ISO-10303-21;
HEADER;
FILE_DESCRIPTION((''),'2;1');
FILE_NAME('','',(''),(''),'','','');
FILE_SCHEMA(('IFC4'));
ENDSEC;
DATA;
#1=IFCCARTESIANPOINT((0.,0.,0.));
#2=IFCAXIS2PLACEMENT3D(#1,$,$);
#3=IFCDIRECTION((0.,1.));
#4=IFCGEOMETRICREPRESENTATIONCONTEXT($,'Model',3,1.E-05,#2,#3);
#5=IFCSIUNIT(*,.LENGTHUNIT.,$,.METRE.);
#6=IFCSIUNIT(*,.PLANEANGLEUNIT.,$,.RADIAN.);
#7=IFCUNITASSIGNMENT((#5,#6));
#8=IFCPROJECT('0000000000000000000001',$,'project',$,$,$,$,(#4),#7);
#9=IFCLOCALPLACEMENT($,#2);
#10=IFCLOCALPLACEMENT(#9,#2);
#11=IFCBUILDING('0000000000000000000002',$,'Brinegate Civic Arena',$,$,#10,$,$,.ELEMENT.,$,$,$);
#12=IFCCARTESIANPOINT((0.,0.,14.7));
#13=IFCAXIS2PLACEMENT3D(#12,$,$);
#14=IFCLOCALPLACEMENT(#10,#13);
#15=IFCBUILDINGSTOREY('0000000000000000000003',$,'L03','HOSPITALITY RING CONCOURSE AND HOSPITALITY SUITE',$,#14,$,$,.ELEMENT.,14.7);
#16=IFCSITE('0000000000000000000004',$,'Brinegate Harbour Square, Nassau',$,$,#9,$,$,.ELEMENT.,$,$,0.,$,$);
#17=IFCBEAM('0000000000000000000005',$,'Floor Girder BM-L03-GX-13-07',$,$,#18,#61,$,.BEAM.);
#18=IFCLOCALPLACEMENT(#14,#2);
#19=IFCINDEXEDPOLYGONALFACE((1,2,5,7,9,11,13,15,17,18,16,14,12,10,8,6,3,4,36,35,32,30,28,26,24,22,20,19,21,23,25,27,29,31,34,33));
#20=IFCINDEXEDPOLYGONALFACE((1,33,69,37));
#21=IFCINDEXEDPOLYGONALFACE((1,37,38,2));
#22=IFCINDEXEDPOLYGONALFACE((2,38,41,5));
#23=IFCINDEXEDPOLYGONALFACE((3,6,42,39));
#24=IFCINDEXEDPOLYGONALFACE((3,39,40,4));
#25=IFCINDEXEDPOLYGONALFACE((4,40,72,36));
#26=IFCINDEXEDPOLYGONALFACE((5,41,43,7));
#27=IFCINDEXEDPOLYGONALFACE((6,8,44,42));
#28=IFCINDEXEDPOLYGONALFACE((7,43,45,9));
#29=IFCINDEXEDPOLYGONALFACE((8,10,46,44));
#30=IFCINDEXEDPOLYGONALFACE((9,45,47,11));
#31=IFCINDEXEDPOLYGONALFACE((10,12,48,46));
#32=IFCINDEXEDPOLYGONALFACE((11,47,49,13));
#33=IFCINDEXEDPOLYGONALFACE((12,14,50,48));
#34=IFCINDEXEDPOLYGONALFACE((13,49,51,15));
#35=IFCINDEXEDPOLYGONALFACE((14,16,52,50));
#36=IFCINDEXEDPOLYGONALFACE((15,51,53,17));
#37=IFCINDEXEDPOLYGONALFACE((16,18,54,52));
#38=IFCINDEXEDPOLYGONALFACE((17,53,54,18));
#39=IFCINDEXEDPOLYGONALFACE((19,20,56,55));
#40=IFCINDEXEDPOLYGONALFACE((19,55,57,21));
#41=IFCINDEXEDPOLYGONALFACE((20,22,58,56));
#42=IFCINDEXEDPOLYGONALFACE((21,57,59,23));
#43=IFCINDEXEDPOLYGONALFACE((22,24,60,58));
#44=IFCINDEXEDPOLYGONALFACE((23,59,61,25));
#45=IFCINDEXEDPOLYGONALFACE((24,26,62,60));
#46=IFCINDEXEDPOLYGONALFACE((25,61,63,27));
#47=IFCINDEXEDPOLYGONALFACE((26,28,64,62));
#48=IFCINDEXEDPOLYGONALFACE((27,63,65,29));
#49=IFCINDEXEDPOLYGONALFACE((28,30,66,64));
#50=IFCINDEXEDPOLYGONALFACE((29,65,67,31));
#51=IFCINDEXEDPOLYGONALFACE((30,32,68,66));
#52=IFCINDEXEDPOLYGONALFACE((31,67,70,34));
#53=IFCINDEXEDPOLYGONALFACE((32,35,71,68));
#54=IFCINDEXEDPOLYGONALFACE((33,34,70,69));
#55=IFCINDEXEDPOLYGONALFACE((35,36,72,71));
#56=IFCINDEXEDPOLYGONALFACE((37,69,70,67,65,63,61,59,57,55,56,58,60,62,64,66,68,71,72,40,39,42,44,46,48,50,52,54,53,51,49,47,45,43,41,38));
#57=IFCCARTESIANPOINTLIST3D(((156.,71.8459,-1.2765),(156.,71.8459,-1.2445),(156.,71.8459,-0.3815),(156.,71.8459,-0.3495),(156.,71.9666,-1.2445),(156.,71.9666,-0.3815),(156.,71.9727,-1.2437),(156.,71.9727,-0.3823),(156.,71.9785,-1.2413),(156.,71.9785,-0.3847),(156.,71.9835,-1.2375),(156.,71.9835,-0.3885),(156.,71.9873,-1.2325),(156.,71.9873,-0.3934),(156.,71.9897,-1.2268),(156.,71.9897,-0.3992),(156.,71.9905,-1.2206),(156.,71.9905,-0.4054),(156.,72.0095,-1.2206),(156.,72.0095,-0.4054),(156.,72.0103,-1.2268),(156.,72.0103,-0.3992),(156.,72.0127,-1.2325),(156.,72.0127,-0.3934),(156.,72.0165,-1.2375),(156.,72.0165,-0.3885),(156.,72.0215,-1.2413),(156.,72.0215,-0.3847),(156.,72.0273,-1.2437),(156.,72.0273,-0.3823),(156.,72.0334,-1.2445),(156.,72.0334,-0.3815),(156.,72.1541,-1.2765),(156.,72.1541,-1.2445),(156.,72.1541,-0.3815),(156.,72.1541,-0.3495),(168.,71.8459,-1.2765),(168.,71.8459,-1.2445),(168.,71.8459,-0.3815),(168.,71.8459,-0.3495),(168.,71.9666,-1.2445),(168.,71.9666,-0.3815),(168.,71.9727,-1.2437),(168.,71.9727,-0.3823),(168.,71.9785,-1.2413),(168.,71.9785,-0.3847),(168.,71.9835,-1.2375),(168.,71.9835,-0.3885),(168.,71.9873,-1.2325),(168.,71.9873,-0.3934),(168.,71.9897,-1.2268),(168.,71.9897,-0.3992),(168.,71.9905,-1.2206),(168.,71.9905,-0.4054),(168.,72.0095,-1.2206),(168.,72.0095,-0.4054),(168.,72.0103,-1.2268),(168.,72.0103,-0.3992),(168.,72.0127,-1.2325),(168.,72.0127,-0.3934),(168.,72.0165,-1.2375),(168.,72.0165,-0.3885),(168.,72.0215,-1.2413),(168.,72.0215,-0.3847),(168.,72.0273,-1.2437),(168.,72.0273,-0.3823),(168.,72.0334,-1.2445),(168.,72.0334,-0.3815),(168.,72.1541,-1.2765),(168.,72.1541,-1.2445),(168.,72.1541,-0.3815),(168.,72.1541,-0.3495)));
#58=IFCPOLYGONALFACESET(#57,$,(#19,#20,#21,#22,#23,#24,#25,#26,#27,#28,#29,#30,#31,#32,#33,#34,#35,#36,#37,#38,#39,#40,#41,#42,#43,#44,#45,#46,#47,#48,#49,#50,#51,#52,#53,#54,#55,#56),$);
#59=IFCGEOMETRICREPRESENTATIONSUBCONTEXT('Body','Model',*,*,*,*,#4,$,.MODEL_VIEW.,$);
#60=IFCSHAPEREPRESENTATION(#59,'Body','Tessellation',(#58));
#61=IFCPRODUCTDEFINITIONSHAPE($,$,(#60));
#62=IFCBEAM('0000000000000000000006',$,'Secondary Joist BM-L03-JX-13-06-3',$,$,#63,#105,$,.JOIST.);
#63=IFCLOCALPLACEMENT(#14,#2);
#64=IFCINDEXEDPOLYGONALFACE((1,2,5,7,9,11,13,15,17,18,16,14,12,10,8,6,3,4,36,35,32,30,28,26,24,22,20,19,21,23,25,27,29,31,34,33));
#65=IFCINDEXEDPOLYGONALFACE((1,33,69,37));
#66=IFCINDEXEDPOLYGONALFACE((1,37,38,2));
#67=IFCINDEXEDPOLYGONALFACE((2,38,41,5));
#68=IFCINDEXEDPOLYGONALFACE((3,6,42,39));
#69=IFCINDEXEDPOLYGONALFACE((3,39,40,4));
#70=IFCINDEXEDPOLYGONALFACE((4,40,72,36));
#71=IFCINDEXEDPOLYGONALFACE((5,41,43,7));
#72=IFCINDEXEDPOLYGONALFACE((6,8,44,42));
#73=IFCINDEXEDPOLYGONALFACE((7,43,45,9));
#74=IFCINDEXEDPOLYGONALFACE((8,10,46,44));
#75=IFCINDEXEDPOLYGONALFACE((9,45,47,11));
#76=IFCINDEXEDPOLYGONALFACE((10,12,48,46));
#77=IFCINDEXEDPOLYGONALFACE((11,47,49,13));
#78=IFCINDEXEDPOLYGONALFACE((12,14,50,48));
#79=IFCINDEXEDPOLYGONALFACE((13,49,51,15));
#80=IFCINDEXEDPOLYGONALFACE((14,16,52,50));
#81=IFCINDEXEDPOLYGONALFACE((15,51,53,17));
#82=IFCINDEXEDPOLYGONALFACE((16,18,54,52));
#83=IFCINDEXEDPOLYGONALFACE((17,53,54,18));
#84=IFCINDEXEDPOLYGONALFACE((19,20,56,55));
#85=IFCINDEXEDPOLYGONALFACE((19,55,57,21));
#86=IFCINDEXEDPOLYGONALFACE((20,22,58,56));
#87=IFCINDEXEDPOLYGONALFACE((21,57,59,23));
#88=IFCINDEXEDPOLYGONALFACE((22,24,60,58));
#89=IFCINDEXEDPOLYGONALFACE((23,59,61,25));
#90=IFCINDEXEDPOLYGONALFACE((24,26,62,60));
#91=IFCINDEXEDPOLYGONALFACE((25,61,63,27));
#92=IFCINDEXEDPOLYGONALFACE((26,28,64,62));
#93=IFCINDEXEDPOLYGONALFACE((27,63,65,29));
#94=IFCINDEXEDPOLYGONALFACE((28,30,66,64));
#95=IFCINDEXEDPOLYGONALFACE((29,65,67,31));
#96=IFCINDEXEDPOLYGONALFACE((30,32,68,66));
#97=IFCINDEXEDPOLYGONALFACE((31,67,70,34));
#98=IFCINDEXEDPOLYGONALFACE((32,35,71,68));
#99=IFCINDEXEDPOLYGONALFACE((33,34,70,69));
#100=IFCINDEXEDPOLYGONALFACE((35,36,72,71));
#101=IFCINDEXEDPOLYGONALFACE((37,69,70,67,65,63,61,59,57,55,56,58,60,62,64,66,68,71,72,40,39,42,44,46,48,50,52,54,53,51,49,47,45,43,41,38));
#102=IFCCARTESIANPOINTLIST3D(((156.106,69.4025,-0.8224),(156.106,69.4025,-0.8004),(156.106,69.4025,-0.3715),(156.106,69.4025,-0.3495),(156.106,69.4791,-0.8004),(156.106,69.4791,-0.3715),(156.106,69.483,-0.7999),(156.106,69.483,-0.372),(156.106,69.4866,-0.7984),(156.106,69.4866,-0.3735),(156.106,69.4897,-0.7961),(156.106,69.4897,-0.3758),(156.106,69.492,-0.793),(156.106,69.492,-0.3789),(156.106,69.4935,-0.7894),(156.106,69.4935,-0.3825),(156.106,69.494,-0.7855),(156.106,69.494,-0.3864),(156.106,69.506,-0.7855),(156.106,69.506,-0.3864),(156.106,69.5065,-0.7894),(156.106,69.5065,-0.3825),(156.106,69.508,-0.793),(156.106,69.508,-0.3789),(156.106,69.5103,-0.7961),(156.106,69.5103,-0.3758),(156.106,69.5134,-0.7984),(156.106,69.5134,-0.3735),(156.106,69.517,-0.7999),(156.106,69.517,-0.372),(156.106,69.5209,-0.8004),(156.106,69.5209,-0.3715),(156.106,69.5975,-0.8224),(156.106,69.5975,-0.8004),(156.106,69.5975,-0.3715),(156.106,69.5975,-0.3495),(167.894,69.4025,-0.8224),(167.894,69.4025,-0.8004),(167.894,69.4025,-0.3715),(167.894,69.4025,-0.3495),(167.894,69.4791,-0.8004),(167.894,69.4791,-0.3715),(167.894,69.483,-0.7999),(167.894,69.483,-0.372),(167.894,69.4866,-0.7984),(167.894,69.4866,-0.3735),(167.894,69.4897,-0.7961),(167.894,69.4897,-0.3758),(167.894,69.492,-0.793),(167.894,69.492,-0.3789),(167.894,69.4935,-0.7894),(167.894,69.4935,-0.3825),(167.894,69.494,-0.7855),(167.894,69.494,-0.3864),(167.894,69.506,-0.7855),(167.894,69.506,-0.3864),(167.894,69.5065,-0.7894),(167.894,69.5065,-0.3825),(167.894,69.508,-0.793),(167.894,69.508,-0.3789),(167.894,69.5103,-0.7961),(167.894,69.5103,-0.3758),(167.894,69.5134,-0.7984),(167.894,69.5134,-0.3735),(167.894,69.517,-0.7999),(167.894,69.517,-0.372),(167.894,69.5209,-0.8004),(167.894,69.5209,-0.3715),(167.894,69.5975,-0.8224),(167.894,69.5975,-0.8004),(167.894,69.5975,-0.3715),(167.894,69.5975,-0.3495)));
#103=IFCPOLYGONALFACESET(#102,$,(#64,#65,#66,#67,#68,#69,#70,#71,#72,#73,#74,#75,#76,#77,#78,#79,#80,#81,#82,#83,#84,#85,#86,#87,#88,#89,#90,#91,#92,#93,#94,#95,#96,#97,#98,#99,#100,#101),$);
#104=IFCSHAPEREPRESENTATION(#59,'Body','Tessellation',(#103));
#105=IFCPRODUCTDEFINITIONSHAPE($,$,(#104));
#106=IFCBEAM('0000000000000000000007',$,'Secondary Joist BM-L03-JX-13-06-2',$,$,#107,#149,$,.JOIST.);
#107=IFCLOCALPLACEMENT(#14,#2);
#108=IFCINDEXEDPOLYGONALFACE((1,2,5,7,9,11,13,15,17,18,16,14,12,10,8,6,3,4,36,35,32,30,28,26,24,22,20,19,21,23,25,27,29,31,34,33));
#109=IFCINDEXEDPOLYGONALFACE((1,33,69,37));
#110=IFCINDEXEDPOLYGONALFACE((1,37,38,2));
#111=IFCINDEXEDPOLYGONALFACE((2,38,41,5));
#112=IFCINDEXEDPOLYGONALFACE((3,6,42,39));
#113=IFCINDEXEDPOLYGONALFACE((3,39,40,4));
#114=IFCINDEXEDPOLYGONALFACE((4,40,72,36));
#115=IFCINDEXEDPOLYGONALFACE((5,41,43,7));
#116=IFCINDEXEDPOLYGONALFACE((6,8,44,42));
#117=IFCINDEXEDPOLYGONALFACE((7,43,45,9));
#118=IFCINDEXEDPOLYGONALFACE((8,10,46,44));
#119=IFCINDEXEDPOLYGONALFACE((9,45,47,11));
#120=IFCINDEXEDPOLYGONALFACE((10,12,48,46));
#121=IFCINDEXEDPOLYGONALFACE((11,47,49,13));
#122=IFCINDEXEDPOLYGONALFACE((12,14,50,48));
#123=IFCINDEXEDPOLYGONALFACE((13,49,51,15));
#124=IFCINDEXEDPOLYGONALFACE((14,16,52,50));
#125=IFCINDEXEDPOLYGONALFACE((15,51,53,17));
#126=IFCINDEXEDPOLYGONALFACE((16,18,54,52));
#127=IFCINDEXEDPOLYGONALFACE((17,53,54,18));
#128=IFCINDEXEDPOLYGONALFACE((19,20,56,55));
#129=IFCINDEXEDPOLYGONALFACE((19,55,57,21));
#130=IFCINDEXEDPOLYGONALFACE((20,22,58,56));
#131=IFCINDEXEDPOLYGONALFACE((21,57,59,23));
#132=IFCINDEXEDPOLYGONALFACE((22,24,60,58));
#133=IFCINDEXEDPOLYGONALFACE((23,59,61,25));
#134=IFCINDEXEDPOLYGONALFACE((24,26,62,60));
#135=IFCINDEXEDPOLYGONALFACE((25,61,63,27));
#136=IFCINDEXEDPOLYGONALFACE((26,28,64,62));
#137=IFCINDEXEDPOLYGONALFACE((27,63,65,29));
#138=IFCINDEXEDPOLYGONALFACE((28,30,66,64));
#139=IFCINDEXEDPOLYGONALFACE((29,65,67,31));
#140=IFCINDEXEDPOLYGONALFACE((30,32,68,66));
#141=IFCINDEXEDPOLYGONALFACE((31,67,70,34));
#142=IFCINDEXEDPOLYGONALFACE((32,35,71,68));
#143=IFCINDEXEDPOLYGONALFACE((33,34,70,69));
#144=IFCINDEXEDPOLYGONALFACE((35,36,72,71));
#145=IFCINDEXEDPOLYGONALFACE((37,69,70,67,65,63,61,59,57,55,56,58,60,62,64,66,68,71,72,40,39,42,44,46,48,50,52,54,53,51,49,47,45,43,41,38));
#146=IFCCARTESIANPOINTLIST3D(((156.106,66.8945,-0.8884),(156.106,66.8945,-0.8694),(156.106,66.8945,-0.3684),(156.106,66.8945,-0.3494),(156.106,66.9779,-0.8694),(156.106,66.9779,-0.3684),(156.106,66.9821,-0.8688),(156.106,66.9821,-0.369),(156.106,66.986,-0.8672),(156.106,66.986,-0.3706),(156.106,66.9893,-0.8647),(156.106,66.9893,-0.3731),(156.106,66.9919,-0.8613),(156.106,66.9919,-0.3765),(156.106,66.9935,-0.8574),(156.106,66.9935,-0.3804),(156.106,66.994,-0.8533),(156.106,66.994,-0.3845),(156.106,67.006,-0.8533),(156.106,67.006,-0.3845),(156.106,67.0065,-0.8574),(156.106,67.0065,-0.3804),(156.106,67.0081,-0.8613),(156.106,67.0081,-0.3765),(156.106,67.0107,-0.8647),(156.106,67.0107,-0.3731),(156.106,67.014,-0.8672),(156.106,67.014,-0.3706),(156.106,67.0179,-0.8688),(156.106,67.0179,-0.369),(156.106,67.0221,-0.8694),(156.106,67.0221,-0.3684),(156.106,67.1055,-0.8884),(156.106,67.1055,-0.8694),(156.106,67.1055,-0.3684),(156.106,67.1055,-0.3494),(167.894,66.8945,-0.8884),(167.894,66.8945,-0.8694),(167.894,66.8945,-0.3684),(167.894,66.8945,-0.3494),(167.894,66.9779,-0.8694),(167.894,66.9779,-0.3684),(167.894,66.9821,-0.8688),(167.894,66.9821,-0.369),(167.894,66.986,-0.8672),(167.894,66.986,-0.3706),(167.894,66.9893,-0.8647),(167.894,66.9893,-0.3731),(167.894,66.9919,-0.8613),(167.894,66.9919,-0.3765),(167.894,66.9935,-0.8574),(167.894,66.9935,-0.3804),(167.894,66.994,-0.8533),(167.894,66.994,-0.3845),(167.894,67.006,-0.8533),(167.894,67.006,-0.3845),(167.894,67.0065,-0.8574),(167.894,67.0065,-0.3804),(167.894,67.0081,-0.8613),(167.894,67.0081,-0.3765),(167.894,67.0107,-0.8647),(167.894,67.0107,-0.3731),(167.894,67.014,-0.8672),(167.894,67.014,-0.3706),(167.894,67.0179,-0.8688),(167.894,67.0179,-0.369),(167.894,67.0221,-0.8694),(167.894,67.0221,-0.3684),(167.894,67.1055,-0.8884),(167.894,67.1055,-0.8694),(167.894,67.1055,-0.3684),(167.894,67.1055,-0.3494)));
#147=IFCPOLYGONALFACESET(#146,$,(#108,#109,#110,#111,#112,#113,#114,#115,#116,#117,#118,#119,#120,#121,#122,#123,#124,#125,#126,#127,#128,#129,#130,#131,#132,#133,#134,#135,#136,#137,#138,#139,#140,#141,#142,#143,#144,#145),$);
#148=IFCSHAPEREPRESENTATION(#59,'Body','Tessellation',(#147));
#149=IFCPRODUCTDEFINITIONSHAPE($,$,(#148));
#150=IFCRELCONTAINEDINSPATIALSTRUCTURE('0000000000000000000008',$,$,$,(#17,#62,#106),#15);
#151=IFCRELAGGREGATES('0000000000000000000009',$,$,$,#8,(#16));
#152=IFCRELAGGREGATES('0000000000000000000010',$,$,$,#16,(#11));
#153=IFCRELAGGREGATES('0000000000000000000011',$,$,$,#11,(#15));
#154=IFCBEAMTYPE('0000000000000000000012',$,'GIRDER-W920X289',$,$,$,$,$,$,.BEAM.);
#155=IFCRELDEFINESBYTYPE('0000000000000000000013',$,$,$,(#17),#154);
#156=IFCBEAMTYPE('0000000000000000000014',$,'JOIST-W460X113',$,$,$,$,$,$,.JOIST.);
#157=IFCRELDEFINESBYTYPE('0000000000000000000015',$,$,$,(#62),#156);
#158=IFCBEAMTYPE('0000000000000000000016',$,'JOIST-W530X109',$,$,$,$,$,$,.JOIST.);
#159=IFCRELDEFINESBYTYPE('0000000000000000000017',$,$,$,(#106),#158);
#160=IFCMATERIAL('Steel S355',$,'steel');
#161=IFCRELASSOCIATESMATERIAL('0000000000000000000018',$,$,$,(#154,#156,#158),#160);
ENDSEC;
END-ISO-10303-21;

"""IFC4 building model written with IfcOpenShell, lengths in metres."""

from ifc_helpers import new_model, si_unit, direction, frame, origin, origin_2d, place, context, subcontext, project, spatial, i_section, extrude, material, material_profile, profile_set, type_object, element, save


model = new_model("IFC4")

# Units and contexts
model_context = context("Model", 3, precision=1e-05, world=origin(), true_north=direction((0.0, 1.0)))
body_context = subcontext(model_context, "Body", "Model", "MODEL_VIEW")
ifc_project = project(units=[si_unit("LENGTHUNIT", "METRE"), si_unit("PLANEANGLEUNIT", "RADIAN")], contexts=[model_context])

# Site, building, storey
site_placement = place(None, origin())
site = spatial("IfcSite", under=ifc_project, at=site_placement, Name="Brinegate Harbour Square, Nassau", CompositionType="ELEMENT", RefElevation=0.0)
building_placement = place(site_placement, origin())
building = spatial("IfcBuilding", under=site, at=building_placement, Name="Brinegate Civic Arena", CompositionType="ELEMENT")
storey_placement = place(building_placement, frame((0.0, 0.0, 14.7)))
storey = spatial("IfcBuildingStorey", under=building, at=storey_placement, Name="L03", Description="HOSPITALITY RING CONCOURSE AND HOSPITALITY SUITE", CompositionType="ELEMENT", Elevation=14.7)

# Beams
ifc_material_1 = material(Name="Steel S355", Category="steel")
ifc_material_profile_1 = material_profile(ifc_material_1, i_section(OverallWidth=0.3081, OverallDepth=0.927, WebThickness=0.019, FlangeThickness=0.032, FilletRadius=0.0239, at=origin_2d()), Name="W920X289")
ifc_profile_set_1 = profile_set([ifc_material_profile_1], Name="Steel S355")
beam_type_1 = type_object("IfcBeamType", Name="GIRDER-W920X289", PredefinedType="BEAM", material=ifc_profile_set_1)
beam_1_placement = place(storey_placement, frame((156.0, 72.0, -0.813), z_axis=(1.0, 0.0, 0.0), x_axis=(0.0, 1.0, 0.0)))
element("IfcBeam", 1, at=beam_1_placement, inside=storey, type_object=beam_type_1, Name="Floor Girder BM-L03-GX-13-07", PredefinedType="BEAM", context=body_context, shape_type="SweptSolid", body=[
    extrude(i_section(OverallWidth=0.3081, OverallDepth=0.927, WebThickness=0.019, FlangeThickness=0.032, FilletRadius=0.0239, at=origin_2d()), origin(), (0.0, 0.0, 1.0), 12.0),
])
ifc_material_profile_2 = material_profile(ifc_material_1, i_section(OverallWidth=0.1951, OverallDepth=0.4729, WebThickness=0.012, FlangeThickness=0.022, FilletRadius=0.0149, at=origin_2d()), Name="W460X113")
ifc_profile_set_2 = profile_set([ifc_material_profile_2], Name="Steel S355")
beam_type_2 = type_object("IfcBeamType", Name="JOIST-W460X113", PredefinedType="JOIST", material=ifc_profile_set_2)
beam_2_placement = place(storey_placement, frame((156.106, 69.5, -0.5859), z_axis=(1.0, 0.0, 0.0), x_axis=(0.0, 1.0, 0.0)))
element("IfcBeam", 2, at=beam_2_placement, inside=storey, type_object=beam_type_2, Name="Secondary Joist BM-L03-JX-13-06-3", PredefinedType="JOIST", context=body_context, shape_type="SweptSolid", body=[
    extrude(i_section(OverallWidth=0.1951, OverallDepth=0.4729, WebThickness=0.012, FlangeThickness=0.022, FilletRadius=0.0149, at=origin_2d()), origin(), (0.0, 0.0, 1.0), 11.7881),
])
ifc_material_profile_3 = material_profile(ifc_material_1, i_section(OverallWidth=0.2109, OverallDepth=0.5391, WebThickness=0.012, FlangeThickness=0.019, FilletRadius=0.0161, at=origin_2d()), Name="W530X109")
ifc_profile_set_3 = profile_set([ifc_material_profile_3], Name="Steel S355")
beam_type_3 = type_object("IfcBeamType", Name="JOIST-W530X109", PredefinedType="JOIST", material=ifc_profile_set_3)
beam_3_placement = place(storey_placement, frame((156.106, 67.0, -0.6189), z_axis=(1.0, 0.0, 0.0), x_axis=(0.0, 1.0, 0.0)))
element("IfcBeam", 3, at=beam_3_placement, inside=storey, type_object=beam_type_3, Name="Secondary Joist BM-L03-JX-13-06-2", PredefinedType="JOIST", context=body_context, shape_type="SweptSolid", body=[
    extrude(i_section(OverallWidth=0.2109, OverallDepth=0.5391, WebThickness=0.012, FlangeThickness=0.019, FilletRadius=0.0161, at=origin_2d()), origin(), (0.0, 0.0, 1.0), 11.7881),
])

save(model, "model.ifc")
